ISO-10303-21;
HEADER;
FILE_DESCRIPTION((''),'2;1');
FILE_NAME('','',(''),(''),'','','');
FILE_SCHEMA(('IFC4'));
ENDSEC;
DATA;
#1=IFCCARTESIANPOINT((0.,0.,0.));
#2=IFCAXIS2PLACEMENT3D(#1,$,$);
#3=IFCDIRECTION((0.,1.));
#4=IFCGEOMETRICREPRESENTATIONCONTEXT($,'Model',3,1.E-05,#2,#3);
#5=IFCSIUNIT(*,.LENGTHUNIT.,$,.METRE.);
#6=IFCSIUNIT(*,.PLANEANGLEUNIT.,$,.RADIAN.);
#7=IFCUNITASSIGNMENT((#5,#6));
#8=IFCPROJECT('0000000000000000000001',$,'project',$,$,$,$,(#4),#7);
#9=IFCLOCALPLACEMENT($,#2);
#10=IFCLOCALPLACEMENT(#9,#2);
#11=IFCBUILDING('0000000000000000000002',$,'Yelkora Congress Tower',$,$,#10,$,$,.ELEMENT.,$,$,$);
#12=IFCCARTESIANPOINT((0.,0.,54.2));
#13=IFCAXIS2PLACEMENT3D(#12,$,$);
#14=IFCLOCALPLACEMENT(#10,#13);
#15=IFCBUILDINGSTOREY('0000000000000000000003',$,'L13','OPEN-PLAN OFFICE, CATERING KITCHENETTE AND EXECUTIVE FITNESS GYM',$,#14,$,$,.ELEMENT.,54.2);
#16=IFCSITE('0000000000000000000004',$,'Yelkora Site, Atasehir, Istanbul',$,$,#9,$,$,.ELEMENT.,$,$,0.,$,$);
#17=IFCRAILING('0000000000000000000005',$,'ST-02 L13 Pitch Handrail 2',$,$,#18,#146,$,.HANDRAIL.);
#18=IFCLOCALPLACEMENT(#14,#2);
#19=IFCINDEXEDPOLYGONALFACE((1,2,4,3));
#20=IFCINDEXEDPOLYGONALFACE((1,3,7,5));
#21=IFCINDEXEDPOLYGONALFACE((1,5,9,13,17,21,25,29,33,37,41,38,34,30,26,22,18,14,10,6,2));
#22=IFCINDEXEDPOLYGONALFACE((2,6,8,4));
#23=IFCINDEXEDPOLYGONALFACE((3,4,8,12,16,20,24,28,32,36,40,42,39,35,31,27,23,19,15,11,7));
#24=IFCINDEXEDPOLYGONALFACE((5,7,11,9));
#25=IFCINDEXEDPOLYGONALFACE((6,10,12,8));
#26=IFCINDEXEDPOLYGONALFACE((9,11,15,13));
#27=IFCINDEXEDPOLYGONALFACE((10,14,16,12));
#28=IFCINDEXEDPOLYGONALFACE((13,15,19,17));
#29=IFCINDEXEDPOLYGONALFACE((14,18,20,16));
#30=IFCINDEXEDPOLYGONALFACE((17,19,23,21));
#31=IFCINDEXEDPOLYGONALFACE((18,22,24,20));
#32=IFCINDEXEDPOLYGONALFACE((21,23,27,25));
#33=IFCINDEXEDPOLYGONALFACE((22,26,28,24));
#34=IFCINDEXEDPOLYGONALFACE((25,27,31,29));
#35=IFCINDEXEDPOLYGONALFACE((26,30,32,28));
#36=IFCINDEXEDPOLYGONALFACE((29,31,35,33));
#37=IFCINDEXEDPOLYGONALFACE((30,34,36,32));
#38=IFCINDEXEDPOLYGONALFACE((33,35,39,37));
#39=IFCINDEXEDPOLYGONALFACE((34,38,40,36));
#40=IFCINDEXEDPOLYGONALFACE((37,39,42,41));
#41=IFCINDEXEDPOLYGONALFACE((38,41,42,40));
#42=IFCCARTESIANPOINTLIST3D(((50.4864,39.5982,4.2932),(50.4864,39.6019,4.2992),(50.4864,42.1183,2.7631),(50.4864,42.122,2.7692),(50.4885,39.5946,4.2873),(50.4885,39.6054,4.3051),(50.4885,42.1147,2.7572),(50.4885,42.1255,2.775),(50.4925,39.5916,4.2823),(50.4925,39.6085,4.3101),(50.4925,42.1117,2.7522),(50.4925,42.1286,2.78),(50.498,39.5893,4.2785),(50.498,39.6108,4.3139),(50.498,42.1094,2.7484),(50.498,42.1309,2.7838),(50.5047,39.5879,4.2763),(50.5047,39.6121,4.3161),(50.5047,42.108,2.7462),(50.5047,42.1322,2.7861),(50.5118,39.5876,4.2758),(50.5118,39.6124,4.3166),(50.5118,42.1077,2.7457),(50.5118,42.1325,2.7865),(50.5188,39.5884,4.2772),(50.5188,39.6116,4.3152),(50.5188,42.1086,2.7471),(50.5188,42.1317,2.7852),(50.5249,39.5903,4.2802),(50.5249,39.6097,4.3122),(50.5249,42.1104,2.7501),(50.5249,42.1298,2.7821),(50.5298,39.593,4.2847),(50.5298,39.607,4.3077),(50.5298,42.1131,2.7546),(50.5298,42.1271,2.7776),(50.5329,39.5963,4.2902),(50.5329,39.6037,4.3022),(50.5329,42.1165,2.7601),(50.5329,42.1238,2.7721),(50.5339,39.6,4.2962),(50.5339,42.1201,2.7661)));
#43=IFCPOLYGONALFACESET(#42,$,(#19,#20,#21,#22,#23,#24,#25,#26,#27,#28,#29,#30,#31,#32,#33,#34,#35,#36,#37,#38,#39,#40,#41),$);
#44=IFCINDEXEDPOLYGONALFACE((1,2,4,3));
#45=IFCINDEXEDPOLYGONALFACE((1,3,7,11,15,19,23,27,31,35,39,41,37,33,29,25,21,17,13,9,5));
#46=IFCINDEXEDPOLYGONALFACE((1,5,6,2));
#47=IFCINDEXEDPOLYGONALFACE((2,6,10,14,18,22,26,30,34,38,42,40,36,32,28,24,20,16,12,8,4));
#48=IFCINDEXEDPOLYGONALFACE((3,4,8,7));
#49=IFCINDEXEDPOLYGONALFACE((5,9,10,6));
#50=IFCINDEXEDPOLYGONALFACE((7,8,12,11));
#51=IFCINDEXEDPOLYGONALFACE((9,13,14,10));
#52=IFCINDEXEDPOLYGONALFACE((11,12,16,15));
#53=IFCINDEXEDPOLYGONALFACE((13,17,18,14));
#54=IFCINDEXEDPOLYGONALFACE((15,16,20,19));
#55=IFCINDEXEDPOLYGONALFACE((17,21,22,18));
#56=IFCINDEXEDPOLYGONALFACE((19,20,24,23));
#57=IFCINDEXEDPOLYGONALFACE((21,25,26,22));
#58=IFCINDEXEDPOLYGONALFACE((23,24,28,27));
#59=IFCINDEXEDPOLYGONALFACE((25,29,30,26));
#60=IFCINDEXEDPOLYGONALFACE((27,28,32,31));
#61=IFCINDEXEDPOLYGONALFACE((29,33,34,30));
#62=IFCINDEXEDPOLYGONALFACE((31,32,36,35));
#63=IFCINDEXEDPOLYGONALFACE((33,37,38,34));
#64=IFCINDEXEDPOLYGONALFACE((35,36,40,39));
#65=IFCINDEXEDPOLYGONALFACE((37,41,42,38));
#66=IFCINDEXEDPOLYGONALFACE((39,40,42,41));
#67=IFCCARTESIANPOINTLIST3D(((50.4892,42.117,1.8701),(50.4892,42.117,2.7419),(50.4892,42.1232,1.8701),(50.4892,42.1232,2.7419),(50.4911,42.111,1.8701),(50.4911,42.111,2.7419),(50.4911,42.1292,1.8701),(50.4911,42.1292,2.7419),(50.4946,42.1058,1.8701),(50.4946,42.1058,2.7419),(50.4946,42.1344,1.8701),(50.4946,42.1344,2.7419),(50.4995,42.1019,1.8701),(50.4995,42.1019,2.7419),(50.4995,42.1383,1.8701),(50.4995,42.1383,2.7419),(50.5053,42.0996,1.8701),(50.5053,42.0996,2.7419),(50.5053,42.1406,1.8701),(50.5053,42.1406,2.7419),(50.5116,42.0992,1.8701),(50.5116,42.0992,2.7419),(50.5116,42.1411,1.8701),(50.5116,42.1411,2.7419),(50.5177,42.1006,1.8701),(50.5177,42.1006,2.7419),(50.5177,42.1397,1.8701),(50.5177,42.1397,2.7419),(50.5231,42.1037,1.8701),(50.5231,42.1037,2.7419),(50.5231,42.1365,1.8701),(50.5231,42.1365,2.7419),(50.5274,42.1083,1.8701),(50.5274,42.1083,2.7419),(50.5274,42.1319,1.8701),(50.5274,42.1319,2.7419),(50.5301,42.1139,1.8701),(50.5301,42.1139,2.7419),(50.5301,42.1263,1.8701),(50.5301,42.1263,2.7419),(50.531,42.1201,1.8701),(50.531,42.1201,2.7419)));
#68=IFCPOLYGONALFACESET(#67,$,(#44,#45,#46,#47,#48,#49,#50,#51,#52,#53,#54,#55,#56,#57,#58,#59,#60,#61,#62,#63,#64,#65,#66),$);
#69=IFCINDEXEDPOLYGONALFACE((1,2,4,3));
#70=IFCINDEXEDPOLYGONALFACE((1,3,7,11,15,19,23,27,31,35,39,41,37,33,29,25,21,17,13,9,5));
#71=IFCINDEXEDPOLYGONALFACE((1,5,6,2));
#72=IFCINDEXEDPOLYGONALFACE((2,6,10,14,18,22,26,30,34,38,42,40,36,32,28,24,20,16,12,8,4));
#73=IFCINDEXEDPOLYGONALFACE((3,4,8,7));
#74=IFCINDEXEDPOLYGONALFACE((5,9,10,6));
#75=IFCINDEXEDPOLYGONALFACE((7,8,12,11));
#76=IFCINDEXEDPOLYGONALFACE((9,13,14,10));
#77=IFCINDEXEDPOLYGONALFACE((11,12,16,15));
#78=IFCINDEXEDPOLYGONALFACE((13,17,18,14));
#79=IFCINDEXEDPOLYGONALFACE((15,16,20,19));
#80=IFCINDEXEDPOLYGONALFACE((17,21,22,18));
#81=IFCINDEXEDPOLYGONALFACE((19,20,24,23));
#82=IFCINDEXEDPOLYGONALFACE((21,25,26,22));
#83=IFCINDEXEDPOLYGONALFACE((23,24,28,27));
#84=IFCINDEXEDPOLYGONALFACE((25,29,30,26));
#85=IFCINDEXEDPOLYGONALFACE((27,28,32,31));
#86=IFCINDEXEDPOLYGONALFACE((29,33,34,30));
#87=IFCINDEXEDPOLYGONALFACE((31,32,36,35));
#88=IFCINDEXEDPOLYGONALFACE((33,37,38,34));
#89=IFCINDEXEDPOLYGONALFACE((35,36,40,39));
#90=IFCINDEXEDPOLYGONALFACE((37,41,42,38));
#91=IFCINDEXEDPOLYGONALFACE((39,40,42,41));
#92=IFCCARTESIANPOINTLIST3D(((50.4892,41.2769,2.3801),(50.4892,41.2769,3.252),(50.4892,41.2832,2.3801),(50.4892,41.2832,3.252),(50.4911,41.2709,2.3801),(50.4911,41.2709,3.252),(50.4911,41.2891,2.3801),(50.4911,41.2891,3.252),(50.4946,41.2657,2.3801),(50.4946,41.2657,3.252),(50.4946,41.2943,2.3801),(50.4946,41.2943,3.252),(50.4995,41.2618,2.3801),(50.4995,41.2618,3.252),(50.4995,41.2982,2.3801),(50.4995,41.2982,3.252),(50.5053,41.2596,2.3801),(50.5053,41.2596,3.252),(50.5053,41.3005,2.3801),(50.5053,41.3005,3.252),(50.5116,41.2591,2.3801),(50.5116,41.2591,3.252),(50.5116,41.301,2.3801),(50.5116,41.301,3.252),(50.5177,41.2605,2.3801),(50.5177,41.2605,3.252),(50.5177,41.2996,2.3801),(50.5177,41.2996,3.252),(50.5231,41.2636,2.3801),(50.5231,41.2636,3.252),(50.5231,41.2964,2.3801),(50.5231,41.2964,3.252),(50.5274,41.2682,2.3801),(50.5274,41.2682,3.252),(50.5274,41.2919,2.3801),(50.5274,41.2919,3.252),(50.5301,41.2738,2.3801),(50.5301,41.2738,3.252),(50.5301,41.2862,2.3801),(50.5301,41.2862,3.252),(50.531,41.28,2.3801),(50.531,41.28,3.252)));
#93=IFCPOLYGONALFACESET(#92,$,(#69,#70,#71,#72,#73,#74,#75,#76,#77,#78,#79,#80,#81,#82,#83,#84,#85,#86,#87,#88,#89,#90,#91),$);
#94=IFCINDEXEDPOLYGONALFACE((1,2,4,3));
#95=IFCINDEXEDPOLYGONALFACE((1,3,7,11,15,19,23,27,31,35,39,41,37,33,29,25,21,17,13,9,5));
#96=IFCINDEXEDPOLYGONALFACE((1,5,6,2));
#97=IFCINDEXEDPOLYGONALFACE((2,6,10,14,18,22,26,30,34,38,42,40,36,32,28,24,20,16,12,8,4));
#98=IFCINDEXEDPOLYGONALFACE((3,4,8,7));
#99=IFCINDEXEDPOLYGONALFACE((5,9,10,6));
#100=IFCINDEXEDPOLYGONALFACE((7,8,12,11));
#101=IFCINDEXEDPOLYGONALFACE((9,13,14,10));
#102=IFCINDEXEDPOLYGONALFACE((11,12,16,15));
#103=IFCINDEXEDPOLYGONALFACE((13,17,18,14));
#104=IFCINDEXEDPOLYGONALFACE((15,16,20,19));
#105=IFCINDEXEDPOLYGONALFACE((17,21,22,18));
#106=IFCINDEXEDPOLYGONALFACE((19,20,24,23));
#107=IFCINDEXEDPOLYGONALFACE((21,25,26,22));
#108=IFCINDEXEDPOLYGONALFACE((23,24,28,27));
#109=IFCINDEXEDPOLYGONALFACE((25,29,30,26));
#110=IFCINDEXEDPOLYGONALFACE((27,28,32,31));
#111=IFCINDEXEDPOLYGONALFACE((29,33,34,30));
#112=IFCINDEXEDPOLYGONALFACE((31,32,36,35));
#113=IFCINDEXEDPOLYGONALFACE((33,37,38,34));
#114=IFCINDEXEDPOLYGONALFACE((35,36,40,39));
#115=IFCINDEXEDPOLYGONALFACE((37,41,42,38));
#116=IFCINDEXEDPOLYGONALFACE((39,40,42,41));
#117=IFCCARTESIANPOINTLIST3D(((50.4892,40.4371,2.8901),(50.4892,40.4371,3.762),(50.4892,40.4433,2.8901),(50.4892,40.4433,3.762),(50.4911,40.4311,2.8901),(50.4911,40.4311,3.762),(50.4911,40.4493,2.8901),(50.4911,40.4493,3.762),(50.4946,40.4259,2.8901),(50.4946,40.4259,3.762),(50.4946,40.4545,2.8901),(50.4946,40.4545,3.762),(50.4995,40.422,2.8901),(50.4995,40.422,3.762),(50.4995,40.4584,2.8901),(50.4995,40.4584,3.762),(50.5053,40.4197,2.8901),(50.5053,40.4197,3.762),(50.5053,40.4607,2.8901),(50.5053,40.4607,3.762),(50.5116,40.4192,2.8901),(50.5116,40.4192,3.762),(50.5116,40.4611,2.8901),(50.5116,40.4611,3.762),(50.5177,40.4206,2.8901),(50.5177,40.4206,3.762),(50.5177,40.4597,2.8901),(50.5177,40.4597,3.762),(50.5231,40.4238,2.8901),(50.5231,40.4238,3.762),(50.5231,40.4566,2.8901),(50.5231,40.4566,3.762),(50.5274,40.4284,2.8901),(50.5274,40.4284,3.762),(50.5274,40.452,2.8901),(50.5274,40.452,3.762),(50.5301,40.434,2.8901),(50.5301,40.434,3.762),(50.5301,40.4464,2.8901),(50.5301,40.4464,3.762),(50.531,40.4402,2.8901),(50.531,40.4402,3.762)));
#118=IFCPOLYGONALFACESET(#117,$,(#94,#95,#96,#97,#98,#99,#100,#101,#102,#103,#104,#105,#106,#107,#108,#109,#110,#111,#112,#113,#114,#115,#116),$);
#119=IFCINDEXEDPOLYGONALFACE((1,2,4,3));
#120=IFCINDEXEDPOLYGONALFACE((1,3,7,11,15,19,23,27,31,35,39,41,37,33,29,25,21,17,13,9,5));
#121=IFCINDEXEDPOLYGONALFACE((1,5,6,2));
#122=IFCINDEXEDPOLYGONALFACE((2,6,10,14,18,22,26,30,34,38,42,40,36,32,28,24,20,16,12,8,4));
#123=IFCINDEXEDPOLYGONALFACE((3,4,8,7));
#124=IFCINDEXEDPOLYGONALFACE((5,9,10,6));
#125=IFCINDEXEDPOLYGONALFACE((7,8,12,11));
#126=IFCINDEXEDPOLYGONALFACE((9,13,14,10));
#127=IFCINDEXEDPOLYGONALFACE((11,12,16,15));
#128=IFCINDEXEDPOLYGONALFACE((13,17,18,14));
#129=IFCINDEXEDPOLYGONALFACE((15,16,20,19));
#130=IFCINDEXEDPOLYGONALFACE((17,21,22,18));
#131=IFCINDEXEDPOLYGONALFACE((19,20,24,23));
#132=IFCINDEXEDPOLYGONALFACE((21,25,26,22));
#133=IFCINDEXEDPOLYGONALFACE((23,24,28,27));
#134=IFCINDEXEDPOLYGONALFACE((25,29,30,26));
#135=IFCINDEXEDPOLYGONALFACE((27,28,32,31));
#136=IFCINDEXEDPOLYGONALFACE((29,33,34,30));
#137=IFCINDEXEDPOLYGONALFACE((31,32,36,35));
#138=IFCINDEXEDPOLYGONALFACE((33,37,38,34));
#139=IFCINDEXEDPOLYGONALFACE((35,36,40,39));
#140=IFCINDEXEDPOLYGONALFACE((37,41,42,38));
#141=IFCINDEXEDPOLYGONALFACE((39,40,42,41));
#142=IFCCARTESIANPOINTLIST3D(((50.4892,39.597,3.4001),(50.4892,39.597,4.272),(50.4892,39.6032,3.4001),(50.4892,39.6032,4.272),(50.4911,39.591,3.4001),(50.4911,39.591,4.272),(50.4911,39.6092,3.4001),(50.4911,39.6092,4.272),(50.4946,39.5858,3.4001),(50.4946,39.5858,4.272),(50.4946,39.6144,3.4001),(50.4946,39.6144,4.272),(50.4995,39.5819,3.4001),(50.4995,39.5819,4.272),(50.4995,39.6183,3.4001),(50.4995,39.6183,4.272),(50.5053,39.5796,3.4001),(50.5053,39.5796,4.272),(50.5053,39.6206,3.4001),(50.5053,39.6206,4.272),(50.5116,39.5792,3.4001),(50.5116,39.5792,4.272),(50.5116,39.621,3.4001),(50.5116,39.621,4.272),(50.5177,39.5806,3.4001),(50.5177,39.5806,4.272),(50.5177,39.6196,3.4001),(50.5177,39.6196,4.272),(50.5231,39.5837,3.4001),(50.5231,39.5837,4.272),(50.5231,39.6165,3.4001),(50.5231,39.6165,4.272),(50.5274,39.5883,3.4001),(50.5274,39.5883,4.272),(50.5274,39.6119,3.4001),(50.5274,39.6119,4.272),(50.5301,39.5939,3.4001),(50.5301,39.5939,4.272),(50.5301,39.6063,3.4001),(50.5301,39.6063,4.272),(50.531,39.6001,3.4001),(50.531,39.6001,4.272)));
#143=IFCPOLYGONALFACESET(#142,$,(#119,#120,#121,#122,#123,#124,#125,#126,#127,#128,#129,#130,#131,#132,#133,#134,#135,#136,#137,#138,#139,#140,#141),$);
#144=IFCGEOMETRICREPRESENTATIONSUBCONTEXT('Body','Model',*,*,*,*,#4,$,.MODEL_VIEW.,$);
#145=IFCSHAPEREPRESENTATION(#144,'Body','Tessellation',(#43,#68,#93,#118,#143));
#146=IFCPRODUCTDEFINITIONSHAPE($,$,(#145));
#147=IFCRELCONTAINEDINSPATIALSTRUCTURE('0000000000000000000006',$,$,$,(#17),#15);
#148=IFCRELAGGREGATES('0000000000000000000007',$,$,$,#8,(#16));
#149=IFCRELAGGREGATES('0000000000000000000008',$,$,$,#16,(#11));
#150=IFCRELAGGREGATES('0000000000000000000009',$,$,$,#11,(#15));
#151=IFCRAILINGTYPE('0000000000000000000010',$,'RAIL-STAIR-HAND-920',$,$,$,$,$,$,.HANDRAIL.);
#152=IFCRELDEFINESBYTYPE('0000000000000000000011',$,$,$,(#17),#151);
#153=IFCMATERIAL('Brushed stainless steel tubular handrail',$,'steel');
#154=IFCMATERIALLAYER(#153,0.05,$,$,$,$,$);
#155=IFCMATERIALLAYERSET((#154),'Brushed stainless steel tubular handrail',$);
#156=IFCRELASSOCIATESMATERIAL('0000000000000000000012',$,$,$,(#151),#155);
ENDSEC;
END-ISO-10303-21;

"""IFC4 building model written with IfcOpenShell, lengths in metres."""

from ifc_helpers import new_model, si_unit, direction, frame, origin, origin_2d, place, context, subcontext, project, spatial, circle, extrude, material, layer, layer_set, type_object, element, save


model = new_model("IFC4")

# Units and contexts
model_context = context("Model", 3, precision=1e-05, world=origin(), true_north=direction((0.0, 1.0)))
body_context = subcontext(model_context, "Body", "Model", "MODEL_VIEW")
ifc_project = project(units=[si_unit("LENGTHUNIT", "METRE"), si_unit("PLANEANGLEUNIT", "RADIAN")], contexts=[model_context])

# Site, building, storey
site_placement = place(None, origin())
site = spatial("IfcSite", under=ifc_project, at=site_placement, Name="Yelkora Site, Atasehir, Istanbul", CompositionType="ELEMENT", RefElevation=0.0)
building_placement = place(site_placement, origin())
building = spatial("IfcBuilding", under=site, at=building_placement, Name="Yelkora Congress Tower", CompositionType="ELEMENT")
storey_placement = place(building_placement, frame((0.0, 0.0, 54.2)))
storey = spatial("IfcBuildingStorey", under=building, at=storey_placement, Name="L13", Description="OPEN-PLAN OFFICE, CATERING KITCHENETTE AND EXECUTIVE FITNESS GYM", CompositionType="ELEMENT", Elevation=54.2)

# Railing
ifc_material_1 = material(Name="Brushed stainless steel tubular handrail", Category="steel")
ifc_layer_1 = layer(ifc_material_1, 0.05)
ifc_layer_set_1 = layer_set([ifc_layer_1], Name="Brushed stainless steel tubular handrail")
railing_type_1 = type_object("IfcRailingType", Name="RAIL-STAIR-HAND-920", PredefinedType="HANDRAIL", material=ifc_layer_set_1)
railing_1_placement = place(storey_placement, frame((50.51, 42.1201, 1.8701)))
element("IfcRailing", 1, at=railing_1_placement, inside=storey, type_object=railing_type_1, Name="ST-02 L13 Pitch Handrail 2", PredefinedType="HANDRAIL", context=body_context, shape_type="SweptSolid", body=[
    extrude(circle(Radius=0.0239, at=origin_2d()), frame((0.0, 0.0, 0.896), z_axis=(0.0, -0.854785, 0.518982), x_axis=(1.0, 0.0, 0.0)), (0.0, 0.0, 1.0), 2.9482),
    extrude(circle(Radius=0.021, at=origin_2d()), origin(), (0.0, 0.0, 1.0), 0.8718),
    extrude(circle(Radius=0.021, at=origin_2d()), frame((0.0, -0.8401, 0.51)), (0.0, 0.0, 1.0), 0.8718),
    extrude(circle(Radius=0.021, at=origin_2d()), frame((0.0, -1.6799, 1.02)), (0.0, 0.0, 1.0), 0.8718),
    extrude(circle(Radius=0.021, at=origin_2d()), frame((0.0, -2.52, 1.53)), (0.0, 0.0, 1.0), 0.8718),
])

save(model, "model.ifc")
